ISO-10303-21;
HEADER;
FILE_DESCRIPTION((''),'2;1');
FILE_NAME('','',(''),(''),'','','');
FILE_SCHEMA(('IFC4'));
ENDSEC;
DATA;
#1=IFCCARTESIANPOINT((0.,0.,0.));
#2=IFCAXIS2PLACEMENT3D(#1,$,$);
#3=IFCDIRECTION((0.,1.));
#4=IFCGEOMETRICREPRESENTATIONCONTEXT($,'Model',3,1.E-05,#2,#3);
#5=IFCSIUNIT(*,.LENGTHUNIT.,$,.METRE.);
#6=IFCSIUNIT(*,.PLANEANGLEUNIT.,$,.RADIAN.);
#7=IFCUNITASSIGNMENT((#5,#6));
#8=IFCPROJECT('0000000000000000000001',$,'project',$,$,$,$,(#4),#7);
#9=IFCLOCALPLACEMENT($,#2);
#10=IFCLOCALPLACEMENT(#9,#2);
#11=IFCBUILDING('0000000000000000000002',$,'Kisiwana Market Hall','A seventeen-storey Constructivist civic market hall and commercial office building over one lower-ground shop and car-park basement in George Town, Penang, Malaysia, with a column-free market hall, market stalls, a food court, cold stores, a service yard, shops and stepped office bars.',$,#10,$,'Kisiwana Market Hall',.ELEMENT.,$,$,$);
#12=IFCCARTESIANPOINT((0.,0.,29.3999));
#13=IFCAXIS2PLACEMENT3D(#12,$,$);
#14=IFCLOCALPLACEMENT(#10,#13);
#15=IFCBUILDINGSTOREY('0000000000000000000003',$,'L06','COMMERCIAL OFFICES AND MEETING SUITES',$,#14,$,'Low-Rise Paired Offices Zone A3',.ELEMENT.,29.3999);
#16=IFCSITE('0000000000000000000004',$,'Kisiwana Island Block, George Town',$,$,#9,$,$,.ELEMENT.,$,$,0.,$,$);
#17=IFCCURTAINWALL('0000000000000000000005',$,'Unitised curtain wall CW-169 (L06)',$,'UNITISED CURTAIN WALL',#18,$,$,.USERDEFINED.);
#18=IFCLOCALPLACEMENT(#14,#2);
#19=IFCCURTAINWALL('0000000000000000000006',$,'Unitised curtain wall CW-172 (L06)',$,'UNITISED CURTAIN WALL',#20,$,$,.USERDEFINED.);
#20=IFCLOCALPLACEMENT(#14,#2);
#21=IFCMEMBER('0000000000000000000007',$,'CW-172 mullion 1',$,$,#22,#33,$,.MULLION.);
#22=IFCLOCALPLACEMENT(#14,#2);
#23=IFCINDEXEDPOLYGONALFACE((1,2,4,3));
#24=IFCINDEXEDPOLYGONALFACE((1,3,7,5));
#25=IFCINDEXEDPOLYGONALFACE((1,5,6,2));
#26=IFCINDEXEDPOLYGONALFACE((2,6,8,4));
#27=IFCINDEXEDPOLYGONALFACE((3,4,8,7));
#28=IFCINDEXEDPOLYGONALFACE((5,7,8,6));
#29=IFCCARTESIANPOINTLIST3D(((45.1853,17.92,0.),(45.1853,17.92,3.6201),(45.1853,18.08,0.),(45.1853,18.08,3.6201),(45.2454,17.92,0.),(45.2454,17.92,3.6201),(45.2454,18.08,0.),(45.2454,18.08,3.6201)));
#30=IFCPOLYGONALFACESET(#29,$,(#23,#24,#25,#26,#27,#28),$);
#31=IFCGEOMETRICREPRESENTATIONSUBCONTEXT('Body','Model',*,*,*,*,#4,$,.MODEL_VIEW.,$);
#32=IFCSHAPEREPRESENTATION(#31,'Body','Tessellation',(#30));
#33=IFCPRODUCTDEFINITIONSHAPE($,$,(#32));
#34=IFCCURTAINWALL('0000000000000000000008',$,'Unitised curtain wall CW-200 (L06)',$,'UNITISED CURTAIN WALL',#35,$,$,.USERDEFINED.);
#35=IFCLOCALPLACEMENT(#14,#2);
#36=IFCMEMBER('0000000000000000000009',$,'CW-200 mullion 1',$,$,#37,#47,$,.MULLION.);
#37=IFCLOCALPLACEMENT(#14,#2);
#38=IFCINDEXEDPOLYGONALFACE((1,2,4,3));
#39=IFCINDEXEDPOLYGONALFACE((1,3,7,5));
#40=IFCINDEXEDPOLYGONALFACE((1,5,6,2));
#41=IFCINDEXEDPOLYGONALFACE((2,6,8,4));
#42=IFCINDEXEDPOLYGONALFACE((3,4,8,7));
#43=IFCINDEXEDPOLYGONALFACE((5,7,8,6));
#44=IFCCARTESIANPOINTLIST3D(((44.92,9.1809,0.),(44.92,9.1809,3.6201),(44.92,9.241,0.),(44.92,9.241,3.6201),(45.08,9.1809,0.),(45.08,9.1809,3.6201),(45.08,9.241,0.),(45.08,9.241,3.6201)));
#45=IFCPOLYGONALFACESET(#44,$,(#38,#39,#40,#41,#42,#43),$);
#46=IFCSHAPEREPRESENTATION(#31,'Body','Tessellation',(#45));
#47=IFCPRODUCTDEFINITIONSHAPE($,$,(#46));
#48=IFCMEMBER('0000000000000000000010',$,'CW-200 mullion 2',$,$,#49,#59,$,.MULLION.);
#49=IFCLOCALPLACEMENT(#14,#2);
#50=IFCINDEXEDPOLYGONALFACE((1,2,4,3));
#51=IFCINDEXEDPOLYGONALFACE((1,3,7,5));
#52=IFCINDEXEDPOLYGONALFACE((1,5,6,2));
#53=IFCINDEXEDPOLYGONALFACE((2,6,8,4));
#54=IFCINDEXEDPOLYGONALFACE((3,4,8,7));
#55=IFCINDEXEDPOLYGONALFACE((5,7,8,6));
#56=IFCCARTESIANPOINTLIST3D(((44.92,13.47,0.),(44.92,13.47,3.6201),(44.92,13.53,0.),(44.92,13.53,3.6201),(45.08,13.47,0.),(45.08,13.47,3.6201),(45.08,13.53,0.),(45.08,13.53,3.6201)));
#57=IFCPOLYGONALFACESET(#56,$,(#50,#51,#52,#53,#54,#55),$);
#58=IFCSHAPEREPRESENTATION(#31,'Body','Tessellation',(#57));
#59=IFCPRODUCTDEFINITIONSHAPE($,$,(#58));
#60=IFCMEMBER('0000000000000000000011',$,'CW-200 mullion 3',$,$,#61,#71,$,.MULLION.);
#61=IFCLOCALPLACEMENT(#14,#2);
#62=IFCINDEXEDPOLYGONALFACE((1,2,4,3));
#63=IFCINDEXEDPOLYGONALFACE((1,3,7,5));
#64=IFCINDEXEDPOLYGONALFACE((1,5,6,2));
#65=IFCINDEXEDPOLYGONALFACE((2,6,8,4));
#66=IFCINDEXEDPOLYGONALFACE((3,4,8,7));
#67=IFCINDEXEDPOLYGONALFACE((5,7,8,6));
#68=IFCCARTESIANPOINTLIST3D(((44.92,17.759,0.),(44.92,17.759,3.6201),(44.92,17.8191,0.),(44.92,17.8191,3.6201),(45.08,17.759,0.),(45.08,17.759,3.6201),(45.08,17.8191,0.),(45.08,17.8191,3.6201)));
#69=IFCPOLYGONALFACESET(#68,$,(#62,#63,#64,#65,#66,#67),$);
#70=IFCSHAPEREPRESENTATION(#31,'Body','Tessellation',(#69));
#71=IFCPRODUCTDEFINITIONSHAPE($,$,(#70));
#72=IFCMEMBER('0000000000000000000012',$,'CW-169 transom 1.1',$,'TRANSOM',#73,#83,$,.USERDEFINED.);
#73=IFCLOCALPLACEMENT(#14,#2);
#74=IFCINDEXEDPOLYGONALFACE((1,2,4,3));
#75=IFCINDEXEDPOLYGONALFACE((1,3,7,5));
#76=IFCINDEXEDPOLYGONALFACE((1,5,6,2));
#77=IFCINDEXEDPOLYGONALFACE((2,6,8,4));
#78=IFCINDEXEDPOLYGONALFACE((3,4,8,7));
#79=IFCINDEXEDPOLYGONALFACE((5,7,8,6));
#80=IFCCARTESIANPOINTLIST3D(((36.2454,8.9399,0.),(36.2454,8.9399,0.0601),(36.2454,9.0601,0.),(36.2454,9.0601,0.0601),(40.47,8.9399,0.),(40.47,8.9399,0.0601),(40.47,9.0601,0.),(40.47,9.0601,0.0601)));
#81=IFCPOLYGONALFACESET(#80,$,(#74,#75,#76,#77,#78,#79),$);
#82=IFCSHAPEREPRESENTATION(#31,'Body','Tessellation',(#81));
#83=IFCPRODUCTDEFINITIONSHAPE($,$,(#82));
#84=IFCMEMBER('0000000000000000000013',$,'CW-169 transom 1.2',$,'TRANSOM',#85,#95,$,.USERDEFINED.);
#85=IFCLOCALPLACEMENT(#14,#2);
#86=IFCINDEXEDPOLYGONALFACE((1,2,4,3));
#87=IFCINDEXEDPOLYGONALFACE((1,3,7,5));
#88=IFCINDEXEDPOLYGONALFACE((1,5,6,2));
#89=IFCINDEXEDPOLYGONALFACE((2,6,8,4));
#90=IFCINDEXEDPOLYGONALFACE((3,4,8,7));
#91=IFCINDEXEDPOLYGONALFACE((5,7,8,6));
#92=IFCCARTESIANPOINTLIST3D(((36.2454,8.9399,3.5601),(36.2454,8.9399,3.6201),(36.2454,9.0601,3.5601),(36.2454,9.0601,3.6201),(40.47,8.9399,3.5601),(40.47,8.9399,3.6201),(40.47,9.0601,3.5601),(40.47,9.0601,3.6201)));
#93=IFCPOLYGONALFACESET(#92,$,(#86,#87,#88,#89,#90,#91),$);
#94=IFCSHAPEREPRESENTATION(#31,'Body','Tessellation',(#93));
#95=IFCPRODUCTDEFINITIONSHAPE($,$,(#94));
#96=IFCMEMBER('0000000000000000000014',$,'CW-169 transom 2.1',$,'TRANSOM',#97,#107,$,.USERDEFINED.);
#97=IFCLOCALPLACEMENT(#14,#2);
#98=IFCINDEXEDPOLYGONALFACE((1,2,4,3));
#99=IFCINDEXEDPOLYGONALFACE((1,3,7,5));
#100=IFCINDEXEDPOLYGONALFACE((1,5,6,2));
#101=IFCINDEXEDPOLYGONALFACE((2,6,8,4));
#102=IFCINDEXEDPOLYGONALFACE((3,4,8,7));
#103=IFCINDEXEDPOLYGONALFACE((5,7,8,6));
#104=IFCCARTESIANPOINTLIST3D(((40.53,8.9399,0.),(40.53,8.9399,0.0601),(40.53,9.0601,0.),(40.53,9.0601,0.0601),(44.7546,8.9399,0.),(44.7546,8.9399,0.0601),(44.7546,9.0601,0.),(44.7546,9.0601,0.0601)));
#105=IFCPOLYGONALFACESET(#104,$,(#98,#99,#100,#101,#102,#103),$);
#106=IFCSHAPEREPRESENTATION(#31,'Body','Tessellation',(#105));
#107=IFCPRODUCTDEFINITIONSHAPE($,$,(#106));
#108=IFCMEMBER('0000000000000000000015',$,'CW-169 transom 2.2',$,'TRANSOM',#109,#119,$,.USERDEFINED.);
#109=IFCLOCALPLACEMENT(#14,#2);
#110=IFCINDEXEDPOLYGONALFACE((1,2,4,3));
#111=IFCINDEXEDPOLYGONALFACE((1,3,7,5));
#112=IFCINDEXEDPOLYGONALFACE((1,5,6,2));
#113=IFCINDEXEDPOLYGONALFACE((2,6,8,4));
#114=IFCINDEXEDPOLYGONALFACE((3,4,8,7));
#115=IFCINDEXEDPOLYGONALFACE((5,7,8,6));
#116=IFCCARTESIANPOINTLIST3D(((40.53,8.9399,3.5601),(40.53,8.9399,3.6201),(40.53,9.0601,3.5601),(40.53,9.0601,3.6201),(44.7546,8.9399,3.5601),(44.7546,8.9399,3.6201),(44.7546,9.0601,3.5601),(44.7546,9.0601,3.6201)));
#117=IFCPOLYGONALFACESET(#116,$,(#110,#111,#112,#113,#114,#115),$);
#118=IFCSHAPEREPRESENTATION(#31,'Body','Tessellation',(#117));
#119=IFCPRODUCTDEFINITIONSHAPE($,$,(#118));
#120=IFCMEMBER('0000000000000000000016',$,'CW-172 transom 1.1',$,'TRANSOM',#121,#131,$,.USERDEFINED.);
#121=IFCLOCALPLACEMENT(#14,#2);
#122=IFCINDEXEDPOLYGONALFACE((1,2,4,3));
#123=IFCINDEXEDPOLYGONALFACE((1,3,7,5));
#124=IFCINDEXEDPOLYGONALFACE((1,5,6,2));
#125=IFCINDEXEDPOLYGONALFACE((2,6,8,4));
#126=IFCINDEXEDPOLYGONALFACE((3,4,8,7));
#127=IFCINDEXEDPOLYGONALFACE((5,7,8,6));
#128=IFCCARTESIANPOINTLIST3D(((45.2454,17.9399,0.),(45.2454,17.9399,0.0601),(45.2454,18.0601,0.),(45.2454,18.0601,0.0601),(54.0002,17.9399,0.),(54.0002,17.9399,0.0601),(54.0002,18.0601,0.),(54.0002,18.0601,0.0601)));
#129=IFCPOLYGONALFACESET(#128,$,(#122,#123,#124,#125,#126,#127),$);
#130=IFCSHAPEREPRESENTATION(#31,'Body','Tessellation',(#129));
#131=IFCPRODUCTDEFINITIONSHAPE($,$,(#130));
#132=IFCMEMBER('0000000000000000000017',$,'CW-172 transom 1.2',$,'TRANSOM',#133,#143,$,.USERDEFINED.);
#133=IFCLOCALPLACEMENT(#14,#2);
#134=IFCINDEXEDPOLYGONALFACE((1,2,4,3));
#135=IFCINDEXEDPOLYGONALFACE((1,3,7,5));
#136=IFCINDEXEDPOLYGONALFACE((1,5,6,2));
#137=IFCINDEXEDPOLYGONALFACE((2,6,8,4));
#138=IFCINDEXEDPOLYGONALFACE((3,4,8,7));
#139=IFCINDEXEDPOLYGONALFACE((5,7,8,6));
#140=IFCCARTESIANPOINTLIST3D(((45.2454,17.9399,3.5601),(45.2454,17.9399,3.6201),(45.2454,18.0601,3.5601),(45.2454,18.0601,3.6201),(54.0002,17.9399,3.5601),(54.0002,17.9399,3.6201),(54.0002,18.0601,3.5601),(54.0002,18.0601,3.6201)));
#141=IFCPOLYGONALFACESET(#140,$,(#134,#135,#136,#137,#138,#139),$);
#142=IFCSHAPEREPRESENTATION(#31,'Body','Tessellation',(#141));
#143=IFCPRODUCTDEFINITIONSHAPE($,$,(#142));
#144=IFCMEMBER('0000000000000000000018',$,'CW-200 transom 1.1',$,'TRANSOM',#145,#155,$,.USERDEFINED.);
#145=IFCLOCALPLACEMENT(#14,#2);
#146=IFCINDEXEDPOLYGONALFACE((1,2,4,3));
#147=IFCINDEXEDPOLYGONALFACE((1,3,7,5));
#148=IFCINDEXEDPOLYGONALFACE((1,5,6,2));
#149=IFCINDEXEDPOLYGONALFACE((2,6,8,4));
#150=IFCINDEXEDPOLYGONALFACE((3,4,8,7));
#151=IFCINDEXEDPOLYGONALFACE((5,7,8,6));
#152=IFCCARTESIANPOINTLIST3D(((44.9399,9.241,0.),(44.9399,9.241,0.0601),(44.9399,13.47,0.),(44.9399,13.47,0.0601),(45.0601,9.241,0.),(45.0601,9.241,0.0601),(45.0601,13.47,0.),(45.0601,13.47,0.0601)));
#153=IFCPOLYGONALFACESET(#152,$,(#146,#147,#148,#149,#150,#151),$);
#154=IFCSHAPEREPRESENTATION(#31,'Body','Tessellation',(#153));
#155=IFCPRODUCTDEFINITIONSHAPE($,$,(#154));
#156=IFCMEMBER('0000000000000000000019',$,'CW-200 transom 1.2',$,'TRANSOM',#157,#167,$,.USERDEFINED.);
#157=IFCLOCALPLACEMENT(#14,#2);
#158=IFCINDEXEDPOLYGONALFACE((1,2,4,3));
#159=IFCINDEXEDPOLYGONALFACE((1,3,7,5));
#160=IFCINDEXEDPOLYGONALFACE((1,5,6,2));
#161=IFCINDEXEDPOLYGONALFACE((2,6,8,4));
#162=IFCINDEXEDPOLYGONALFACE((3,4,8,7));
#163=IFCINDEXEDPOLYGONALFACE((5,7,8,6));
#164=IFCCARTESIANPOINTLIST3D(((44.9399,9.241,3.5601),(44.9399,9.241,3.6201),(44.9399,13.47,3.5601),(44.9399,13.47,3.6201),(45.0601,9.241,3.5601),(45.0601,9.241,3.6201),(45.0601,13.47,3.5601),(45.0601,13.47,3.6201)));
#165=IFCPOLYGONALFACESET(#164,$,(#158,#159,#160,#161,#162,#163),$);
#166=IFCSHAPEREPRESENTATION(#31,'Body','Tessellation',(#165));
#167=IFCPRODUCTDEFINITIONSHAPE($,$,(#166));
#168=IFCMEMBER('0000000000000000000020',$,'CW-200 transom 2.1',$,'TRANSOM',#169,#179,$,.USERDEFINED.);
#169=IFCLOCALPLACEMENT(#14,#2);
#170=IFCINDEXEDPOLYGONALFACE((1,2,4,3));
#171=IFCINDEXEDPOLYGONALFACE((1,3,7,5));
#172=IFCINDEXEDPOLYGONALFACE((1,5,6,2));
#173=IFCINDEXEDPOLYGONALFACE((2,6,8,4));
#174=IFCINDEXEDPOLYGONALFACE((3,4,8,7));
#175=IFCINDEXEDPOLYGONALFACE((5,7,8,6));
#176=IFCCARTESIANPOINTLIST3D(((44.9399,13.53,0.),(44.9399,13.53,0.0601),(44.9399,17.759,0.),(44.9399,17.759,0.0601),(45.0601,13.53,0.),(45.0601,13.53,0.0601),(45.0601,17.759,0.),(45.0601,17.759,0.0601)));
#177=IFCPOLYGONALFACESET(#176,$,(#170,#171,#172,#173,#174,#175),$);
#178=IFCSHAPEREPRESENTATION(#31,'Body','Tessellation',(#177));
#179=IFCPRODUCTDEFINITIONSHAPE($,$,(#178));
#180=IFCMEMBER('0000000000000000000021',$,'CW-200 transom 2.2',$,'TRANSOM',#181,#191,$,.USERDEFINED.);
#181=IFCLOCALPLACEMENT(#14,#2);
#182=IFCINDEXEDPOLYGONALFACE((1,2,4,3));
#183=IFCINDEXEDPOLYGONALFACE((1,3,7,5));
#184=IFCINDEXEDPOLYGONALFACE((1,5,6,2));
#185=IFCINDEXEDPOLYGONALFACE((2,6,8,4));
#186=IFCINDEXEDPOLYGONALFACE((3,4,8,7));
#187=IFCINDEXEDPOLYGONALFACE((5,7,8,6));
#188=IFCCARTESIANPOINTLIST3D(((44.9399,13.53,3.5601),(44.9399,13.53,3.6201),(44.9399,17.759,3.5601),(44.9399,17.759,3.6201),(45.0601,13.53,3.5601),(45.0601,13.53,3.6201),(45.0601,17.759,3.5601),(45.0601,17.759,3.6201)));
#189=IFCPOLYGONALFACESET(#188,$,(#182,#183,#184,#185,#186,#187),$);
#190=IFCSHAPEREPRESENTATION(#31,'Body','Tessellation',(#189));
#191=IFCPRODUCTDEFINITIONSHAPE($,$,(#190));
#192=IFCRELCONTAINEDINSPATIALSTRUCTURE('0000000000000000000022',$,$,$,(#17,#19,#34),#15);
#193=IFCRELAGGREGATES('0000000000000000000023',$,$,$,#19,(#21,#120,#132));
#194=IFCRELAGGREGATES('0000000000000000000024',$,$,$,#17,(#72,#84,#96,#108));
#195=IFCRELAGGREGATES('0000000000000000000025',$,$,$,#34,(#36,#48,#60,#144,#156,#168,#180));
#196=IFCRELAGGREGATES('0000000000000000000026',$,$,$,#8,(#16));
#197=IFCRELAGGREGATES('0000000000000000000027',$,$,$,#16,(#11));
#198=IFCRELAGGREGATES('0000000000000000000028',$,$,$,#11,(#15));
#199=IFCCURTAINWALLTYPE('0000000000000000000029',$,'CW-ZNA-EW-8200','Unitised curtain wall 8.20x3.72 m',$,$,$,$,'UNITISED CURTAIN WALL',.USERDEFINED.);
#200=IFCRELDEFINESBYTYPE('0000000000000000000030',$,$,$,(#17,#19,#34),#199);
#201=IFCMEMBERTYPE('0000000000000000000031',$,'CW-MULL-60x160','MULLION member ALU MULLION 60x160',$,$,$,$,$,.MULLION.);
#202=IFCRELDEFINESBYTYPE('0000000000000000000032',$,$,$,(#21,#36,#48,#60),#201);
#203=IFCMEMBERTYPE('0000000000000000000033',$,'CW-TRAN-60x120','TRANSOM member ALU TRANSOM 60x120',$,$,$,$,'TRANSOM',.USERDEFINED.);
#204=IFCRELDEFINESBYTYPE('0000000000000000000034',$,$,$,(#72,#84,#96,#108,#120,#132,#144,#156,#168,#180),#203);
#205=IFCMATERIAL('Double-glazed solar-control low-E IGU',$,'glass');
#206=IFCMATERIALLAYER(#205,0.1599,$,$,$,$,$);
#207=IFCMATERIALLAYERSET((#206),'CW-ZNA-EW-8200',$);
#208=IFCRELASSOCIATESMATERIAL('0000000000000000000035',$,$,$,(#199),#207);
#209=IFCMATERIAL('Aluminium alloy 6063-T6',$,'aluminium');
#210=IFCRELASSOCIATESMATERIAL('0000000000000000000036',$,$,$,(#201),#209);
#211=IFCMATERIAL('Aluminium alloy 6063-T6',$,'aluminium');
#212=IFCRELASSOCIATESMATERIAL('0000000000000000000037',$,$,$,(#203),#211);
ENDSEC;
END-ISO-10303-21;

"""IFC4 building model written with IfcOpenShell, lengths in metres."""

from ifc_helpers import new_model, si_unit, direction, frame, origin, origin_2d, place, context, subcontext, project, spatial, rectangle, extrude, material, layer, layer_set, material_profile, profile_set, type_object, element, aggregate, save


model = new_model("IFC4")

# Units and contexts
model_context = context("Model", 3, precision=1e-05, world=origin(), true_north=direction((0.0, 1.0)))
body_context = subcontext(model_context, "Body", "Model", "MODEL_VIEW")
ifc_project = project(units=[si_unit("LENGTHUNIT", "METRE"), si_unit("PLANEANGLEUNIT", "RADIAN")], contexts=[model_context])

# Site, building, storey
site_placement = place(None, origin())
site = spatial("IfcSite", under=ifc_project, at=site_placement, Name="Kisiwana Island Block, George Town", CompositionType="ELEMENT", RefElevation=0.0)
building_placement = place(site_placement, origin())
building = spatial("IfcBuilding", under=site, at=building_placement, Name="Kisiwana Market Hall", Description="A seventeen-storey Constructivist civic market hall and commercial office building over one lower-ground shop and car-park basement in George Town, Penang, Malaysia, with a column-free market hall, market stalls, a food court, cold stores, a service yard, shops and stepped office bars.", LongName="Kisiwana Market Hall", CompositionType="ELEMENT")
storey_placement = place(building_placement, frame((0.0, 0.0, 29.3999)))
storey = spatial("IfcBuildingStorey", under=building, at=storey_placement, Name="L06", Description="COMMERCIAL OFFICES AND MEETING SUITES", LongName="Low-Rise Paired Offices Zone A3", CompositionType="ELEMENT", Elevation=29.3999)

# Curtain wall
ifc_material_1 = material(Name="Double-glazed solar-control low-E IGU", Category="glass")
ifc_layer_1 = layer(ifc_material_1, 0.1599)
ifc_layer_set_1 = layer_set([ifc_layer_1], Name="CW-ZNA-EW-8200")
curtain_wall_type = type_object("IfcCurtainWallType", Name="CW-ZNA-EW-8200", Description="Unitised curtain wall 8.20x3.72 m", ElementType="UNITISED CURTAIN WALL", PredefinedType="USERDEFINED", material=ifc_layer_set_1)
curtain_wall_1_placement = place(storey_placement, origin())
curtain_wall_1 = element("IfcCurtainWall", 1, at=curtain_wall_1_placement, inside=storey, type_object=curtain_wall_type, Name="Unitised curtain wall CW-169 (L06)", ObjectType="UNITISED CURTAIN WALL", PredefinedType="USERDEFINED")
ifc_material_2 = material(Name="Aluminium alloy 6063-T6", Category="aluminium")
ifc_material_profile_1 = material_profile(ifc_material_2, rectangle(XDim=0.0601, YDim=0.1599, at=origin_2d()), Name="ALU MULLION 60x160")
ifc_profile_set_1 = profile_set([ifc_material_profile_1], Name="Aluminium alloy 6063-T6")
member_type_1 = type_object("IfcMemberType", Name="CW-MULL-60x160", Description="MULLION member ALU MULLION 60x160", PredefinedType="MULLION", material=ifc_profile_set_1)

# Curtain wall, member
curtain_wall_2_placement = place(storey_placement, origin())
curtain_wall_2 = element("IfcCurtainWall", 2, at=curtain_wall_2_placement, inside=storey, type_object=curtain_wall_type, Name="Unitised curtain wall CW-172 (L06)", ObjectType="UNITISED CURTAIN WALL", PredefinedType="USERDEFINED")
member_1_placement = place(storey_placement, frame((45.2153, 18.0, 0.0), z_axis=(0.0, 0.0, 1.0), x_axis=(1.0, 0.0, 0.0)))
member_1 = element("IfcMember", 3, at=member_1_placement, type_object=member_type_1, Name="CW-172 mullion 1", PredefinedType="MULLION", context=body_context, shape_type="SweptSolid", body=[
    extrude(rectangle(XDim=0.0601, YDim=0.1599, at=origin_2d()), origin(), (0.0, 0.0, 1.0), 3.6201),
])

# Curtain wall, members
curtain_wall_3_placement = place(storey_placement, origin())
curtain_wall_3 = element("IfcCurtainWall", 4, at=curtain_wall_3_placement, inside=storey, type_object=curtain_wall_type, Name="Unitised curtain wall CW-200 (L06)", ObjectType="UNITISED CURTAIN WALL", PredefinedType="USERDEFINED")
member_2_placement = place(storey_placement, frame((45.0, 9.2109, 0.0), z_axis=(0.0, 0.0, 1.0), x_axis=(0.0, 1.0, 0.0)))
member_2 = element("IfcMember", 5, at=member_2_placement, type_object=member_type_1, Name="CW-200 mullion 1", PredefinedType="MULLION", context=body_context, shape_type="SweptSolid", body=[
    extrude(rectangle(XDim=0.0601, YDim=0.1599, at=origin_2d()), origin(), (0.0, 0.0, 1.0), 3.6201),
])
member_3_placement = place(storey_placement, frame((45.0, 13.5, 0.0), z_axis=(0.0, 0.0, 1.0), x_axis=(0.0, 1.0, 0.0)))
member_3 = element("IfcMember", 6, at=member_3_placement, type_object=member_type_1, Name="CW-200 mullion 2", PredefinedType="MULLION", context=body_context, shape_type="SweptSolid", body=[
    extrude(rectangle(XDim=0.0601, YDim=0.1599, at=origin_2d()), origin(), (0.0, 0.0, 1.0), 3.6201),
])
member_4_placement = place(storey_placement, frame((45.0, 17.7891, 0.0), z_axis=(0.0, 0.0, 1.0), x_axis=(0.0, 1.0, 0.0)))
member_4 = element("IfcMember", 7, at=member_4_placement, type_object=member_type_1, Name="CW-200 mullion 3", PredefinedType="MULLION", context=body_context, shape_type="SweptSolid", body=[
    extrude(rectangle(XDim=0.0601, YDim=0.1599, at=origin_2d()), origin(), (0.0, 0.0, 1.0), 3.6201),
])

# Members
ifc_material_3 = material(Name="Aluminium alloy 6063-T6", Category="aluminium")
ifc_material_profile_2 = material_profile(ifc_material_3, rectangle(XDim=0.1201, YDim=0.0601, at=origin_2d()), Name="ALU TRANSOM 60x120")
ifc_profile_set_2 = profile_set([ifc_material_profile_2], Name="Aluminium alloy 6063-T6")
member_type_2 = type_object("IfcMemberType", Name="CW-TRAN-60x120", Description="TRANSOM member ALU TRANSOM 60x120", ElementType="TRANSOM", PredefinedType="USERDEFINED", material=ifc_profile_set_2)
member_5_placement = place(storey_placement, frame((36.2454, 9.0, 0.03), z_axis=(1.0, 0.0, 0.0), x_axis=(0.0, 1.0, 0.0)))
member_5 = element("IfcMember", 8, at=member_5_placement, type_object=member_type_2, Name="CW-169 transom 1.1", ObjectType="TRANSOM", PredefinedType="USERDEFINED", context=body_context, shape_type="SweptSolid", body=[
    extrude(rectangle(XDim=0.1201, YDim=0.0601, at=origin_2d()), origin(), (0.0, 0.0, 1.0), 4.2246),
])
member_6_placement = place(storey_placement, frame((36.2454, 9.0, 3.5901), z_axis=(1.0, 0.0, 0.0), x_axis=(0.0, 1.0, 0.0)))
member_6 = element("IfcMember", 9, at=member_6_placement, type_object=member_type_2, Name="CW-169 transom 1.2", ObjectType="TRANSOM", PredefinedType="USERDEFINED", context=body_context, shape_type="SweptSolid", body=[
    extrude(rectangle(XDim=0.1201, YDim=0.0601, at=origin_2d()), origin(), (0.0, 0.0, 1.0), 4.2246),
])
member_7_placement = place(storey_placement, frame((40.53, 9.0, 0.03), z_axis=(1.0, 0.0, 0.0), x_axis=(0.0, 1.0, 0.0)))
member_7 = element("IfcMember", 10, at=member_7_placement, type_object=member_type_2, Name="CW-169 transom 2.1", ObjectType="TRANSOM", PredefinedType="USERDEFINED", context=body_context, shape_type="SweptSolid", body=[
    extrude(rectangle(XDim=0.1201, YDim=0.0601, at=origin_2d()), origin(), (0.0, 0.0, 1.0), 4.2246),
])
member_8_placement = place(storey_placement, frame((40.53, 9.0, 3.5901), z_axis=(1.0, 0.0, 0.0), x_axis=(0.0, 1.0, 0.0)))
member_8 = element("IfcMember", 11, at=member_8_placement, type_object=member_type_2, Name="CW-169 transom 2.2", ObjectType="TRANSOM", PredefinedType="USERDEFINED", context=body_context, shape_type="SweptSolid", body=[
    extrude(rectangle(XDim=0.1201, YDim=0.0601, at=origin_2d()), origin(), (0.0, 0.0, 1.0), 4.2246),
])
member_9_placement = place(storey_placement, frame((45.2454, 18.0, 0.03), z_axis=(1.0, 0.0, 0.0), x_axis=(0.0, 1.0, 0.0)))
member_9 = element("IfcMember", 12, at=member_9_placement, type_object=member_type_2, Name="CW-172 transom 1.1", ObjectType="TRANSOM", PredefinedType="USERDEFINED", context=body_context, shape_type="SweptSolid", body=[
    extrude(rectangle(XDim=0.1201, YDim=0.0601, at=origin_2d()), origin(), (0.0, 0.0, 1.0), 8.7549),
])
member_10_placement = place(storey_placement, frame((45.2454, 18.0, 3.5901), z_axis=(1.0, 0.0, 0.0), x_axis=(0.0, 1.0, 0.0)))
member_10 = element("IfcMember", 13, at=member_10_placement, type_object=member_type_2, Name="CW-172 transom 1.2", ObjectType="TRANSOM", PredefinedType="USERDEFINED", context=body_context, shape_type="SweptSolid", body=[
    extrude(rectangle(XDim=0.1201, YDim=0.0601, at=origin_2d()), origin(), (0.0, 0.0, 1.0), 8.7549),
])
aggregate(curtain_wall_2, [member_1, member_9, member_10])
member_11_placement = place(storey_placement, frame((45.0, 9.241, 0.03), z_axis=(0.0, 1.0, 0.0), x_axis=(-1.0, 0.0, 0.0)))
member_11 = element("IfcMember", 14, at=member_11_placement, type_object=member_type_2, Name="CW-200 transom 1.1", ObjectType="TRANSOM", PredefinedType="USERDEFINED", context=body_context, shape_type="SweptSolid", body=[
    extrude(rectangle(XDim=0.1201, YDim=0.0601, at=origin_2d()), origin(), (0.0, 0.0, 1.0), 4.229),
])
member_12_placement = place(storey_placement, frame((45.0, 9.241, 3.5901), z_axis=(0.0, 1.0, 0.0), x_axis=(-1.0, 0.0, 0.0)))
member_12 = element("IfcMember", 15, at=member_12_placement, type_object=member_type_2, Name="CW-200 transom 1.2", ObjectType="TRANSOM", PredefinedType="USERDEFINED", context=body_context, shape_type="SweptSolid", body=[
    extrude(rectangle(XDim=0.1201, YDim=0.0601, at=origin_2d()), origin(), (0.0, 0.0, 1.0), 4.229),
])
member_13_placement = place(storey_placement, frame((45.0, 13.53, 0.03), z_axis=(0.0, 1.0, 0.0), x_axis=(-1.0, 0.0, 0.0)))
member_13 = element("IfcMember", 16, at=member_13_placement, type_object=member_type_2, Name="CW-200 transom 2.1", ObjectType="TRANSOM", PredefinedType="USERDEFINED", context=body_context, shape_type="SweptSolid", body=[
    extrude(rectangle(XDim=0.1201, YDim=0.0601, at=origin_2d()), origin(), (0.0, 0.0, 1.0), 4.229),
])
member_14_placement = place(storey_placement, frame((45.0, 13.53, 3.5901), z_axis=(0.0, 1.0, 0.0), x_axis=(-1.0, 0.0, 0.0)))
member_14 = element("IfcMember", 17, at=member_14_placement, type_object=member_type_2, Name="CW-200 transom 2.2", ObjectType="TRANSOM", PredefinedType="USERDEFINED", context=body_context, shape_type="SweptSolid", body=[
    extrude(rectangle(XDim=0.1201, YDim=0.0601, at=origin_2d()), origin(), (0.0, 0.0, 1.0), 4.229),
])

aggregate(curtain_wall_1, [member_5, member_6, member_7, member_8])
aggregate(curtain_wall_3, [member_2, member_3, member_4, member_11, member_12, member_13, member_14])

save(model, "model.ifc")
